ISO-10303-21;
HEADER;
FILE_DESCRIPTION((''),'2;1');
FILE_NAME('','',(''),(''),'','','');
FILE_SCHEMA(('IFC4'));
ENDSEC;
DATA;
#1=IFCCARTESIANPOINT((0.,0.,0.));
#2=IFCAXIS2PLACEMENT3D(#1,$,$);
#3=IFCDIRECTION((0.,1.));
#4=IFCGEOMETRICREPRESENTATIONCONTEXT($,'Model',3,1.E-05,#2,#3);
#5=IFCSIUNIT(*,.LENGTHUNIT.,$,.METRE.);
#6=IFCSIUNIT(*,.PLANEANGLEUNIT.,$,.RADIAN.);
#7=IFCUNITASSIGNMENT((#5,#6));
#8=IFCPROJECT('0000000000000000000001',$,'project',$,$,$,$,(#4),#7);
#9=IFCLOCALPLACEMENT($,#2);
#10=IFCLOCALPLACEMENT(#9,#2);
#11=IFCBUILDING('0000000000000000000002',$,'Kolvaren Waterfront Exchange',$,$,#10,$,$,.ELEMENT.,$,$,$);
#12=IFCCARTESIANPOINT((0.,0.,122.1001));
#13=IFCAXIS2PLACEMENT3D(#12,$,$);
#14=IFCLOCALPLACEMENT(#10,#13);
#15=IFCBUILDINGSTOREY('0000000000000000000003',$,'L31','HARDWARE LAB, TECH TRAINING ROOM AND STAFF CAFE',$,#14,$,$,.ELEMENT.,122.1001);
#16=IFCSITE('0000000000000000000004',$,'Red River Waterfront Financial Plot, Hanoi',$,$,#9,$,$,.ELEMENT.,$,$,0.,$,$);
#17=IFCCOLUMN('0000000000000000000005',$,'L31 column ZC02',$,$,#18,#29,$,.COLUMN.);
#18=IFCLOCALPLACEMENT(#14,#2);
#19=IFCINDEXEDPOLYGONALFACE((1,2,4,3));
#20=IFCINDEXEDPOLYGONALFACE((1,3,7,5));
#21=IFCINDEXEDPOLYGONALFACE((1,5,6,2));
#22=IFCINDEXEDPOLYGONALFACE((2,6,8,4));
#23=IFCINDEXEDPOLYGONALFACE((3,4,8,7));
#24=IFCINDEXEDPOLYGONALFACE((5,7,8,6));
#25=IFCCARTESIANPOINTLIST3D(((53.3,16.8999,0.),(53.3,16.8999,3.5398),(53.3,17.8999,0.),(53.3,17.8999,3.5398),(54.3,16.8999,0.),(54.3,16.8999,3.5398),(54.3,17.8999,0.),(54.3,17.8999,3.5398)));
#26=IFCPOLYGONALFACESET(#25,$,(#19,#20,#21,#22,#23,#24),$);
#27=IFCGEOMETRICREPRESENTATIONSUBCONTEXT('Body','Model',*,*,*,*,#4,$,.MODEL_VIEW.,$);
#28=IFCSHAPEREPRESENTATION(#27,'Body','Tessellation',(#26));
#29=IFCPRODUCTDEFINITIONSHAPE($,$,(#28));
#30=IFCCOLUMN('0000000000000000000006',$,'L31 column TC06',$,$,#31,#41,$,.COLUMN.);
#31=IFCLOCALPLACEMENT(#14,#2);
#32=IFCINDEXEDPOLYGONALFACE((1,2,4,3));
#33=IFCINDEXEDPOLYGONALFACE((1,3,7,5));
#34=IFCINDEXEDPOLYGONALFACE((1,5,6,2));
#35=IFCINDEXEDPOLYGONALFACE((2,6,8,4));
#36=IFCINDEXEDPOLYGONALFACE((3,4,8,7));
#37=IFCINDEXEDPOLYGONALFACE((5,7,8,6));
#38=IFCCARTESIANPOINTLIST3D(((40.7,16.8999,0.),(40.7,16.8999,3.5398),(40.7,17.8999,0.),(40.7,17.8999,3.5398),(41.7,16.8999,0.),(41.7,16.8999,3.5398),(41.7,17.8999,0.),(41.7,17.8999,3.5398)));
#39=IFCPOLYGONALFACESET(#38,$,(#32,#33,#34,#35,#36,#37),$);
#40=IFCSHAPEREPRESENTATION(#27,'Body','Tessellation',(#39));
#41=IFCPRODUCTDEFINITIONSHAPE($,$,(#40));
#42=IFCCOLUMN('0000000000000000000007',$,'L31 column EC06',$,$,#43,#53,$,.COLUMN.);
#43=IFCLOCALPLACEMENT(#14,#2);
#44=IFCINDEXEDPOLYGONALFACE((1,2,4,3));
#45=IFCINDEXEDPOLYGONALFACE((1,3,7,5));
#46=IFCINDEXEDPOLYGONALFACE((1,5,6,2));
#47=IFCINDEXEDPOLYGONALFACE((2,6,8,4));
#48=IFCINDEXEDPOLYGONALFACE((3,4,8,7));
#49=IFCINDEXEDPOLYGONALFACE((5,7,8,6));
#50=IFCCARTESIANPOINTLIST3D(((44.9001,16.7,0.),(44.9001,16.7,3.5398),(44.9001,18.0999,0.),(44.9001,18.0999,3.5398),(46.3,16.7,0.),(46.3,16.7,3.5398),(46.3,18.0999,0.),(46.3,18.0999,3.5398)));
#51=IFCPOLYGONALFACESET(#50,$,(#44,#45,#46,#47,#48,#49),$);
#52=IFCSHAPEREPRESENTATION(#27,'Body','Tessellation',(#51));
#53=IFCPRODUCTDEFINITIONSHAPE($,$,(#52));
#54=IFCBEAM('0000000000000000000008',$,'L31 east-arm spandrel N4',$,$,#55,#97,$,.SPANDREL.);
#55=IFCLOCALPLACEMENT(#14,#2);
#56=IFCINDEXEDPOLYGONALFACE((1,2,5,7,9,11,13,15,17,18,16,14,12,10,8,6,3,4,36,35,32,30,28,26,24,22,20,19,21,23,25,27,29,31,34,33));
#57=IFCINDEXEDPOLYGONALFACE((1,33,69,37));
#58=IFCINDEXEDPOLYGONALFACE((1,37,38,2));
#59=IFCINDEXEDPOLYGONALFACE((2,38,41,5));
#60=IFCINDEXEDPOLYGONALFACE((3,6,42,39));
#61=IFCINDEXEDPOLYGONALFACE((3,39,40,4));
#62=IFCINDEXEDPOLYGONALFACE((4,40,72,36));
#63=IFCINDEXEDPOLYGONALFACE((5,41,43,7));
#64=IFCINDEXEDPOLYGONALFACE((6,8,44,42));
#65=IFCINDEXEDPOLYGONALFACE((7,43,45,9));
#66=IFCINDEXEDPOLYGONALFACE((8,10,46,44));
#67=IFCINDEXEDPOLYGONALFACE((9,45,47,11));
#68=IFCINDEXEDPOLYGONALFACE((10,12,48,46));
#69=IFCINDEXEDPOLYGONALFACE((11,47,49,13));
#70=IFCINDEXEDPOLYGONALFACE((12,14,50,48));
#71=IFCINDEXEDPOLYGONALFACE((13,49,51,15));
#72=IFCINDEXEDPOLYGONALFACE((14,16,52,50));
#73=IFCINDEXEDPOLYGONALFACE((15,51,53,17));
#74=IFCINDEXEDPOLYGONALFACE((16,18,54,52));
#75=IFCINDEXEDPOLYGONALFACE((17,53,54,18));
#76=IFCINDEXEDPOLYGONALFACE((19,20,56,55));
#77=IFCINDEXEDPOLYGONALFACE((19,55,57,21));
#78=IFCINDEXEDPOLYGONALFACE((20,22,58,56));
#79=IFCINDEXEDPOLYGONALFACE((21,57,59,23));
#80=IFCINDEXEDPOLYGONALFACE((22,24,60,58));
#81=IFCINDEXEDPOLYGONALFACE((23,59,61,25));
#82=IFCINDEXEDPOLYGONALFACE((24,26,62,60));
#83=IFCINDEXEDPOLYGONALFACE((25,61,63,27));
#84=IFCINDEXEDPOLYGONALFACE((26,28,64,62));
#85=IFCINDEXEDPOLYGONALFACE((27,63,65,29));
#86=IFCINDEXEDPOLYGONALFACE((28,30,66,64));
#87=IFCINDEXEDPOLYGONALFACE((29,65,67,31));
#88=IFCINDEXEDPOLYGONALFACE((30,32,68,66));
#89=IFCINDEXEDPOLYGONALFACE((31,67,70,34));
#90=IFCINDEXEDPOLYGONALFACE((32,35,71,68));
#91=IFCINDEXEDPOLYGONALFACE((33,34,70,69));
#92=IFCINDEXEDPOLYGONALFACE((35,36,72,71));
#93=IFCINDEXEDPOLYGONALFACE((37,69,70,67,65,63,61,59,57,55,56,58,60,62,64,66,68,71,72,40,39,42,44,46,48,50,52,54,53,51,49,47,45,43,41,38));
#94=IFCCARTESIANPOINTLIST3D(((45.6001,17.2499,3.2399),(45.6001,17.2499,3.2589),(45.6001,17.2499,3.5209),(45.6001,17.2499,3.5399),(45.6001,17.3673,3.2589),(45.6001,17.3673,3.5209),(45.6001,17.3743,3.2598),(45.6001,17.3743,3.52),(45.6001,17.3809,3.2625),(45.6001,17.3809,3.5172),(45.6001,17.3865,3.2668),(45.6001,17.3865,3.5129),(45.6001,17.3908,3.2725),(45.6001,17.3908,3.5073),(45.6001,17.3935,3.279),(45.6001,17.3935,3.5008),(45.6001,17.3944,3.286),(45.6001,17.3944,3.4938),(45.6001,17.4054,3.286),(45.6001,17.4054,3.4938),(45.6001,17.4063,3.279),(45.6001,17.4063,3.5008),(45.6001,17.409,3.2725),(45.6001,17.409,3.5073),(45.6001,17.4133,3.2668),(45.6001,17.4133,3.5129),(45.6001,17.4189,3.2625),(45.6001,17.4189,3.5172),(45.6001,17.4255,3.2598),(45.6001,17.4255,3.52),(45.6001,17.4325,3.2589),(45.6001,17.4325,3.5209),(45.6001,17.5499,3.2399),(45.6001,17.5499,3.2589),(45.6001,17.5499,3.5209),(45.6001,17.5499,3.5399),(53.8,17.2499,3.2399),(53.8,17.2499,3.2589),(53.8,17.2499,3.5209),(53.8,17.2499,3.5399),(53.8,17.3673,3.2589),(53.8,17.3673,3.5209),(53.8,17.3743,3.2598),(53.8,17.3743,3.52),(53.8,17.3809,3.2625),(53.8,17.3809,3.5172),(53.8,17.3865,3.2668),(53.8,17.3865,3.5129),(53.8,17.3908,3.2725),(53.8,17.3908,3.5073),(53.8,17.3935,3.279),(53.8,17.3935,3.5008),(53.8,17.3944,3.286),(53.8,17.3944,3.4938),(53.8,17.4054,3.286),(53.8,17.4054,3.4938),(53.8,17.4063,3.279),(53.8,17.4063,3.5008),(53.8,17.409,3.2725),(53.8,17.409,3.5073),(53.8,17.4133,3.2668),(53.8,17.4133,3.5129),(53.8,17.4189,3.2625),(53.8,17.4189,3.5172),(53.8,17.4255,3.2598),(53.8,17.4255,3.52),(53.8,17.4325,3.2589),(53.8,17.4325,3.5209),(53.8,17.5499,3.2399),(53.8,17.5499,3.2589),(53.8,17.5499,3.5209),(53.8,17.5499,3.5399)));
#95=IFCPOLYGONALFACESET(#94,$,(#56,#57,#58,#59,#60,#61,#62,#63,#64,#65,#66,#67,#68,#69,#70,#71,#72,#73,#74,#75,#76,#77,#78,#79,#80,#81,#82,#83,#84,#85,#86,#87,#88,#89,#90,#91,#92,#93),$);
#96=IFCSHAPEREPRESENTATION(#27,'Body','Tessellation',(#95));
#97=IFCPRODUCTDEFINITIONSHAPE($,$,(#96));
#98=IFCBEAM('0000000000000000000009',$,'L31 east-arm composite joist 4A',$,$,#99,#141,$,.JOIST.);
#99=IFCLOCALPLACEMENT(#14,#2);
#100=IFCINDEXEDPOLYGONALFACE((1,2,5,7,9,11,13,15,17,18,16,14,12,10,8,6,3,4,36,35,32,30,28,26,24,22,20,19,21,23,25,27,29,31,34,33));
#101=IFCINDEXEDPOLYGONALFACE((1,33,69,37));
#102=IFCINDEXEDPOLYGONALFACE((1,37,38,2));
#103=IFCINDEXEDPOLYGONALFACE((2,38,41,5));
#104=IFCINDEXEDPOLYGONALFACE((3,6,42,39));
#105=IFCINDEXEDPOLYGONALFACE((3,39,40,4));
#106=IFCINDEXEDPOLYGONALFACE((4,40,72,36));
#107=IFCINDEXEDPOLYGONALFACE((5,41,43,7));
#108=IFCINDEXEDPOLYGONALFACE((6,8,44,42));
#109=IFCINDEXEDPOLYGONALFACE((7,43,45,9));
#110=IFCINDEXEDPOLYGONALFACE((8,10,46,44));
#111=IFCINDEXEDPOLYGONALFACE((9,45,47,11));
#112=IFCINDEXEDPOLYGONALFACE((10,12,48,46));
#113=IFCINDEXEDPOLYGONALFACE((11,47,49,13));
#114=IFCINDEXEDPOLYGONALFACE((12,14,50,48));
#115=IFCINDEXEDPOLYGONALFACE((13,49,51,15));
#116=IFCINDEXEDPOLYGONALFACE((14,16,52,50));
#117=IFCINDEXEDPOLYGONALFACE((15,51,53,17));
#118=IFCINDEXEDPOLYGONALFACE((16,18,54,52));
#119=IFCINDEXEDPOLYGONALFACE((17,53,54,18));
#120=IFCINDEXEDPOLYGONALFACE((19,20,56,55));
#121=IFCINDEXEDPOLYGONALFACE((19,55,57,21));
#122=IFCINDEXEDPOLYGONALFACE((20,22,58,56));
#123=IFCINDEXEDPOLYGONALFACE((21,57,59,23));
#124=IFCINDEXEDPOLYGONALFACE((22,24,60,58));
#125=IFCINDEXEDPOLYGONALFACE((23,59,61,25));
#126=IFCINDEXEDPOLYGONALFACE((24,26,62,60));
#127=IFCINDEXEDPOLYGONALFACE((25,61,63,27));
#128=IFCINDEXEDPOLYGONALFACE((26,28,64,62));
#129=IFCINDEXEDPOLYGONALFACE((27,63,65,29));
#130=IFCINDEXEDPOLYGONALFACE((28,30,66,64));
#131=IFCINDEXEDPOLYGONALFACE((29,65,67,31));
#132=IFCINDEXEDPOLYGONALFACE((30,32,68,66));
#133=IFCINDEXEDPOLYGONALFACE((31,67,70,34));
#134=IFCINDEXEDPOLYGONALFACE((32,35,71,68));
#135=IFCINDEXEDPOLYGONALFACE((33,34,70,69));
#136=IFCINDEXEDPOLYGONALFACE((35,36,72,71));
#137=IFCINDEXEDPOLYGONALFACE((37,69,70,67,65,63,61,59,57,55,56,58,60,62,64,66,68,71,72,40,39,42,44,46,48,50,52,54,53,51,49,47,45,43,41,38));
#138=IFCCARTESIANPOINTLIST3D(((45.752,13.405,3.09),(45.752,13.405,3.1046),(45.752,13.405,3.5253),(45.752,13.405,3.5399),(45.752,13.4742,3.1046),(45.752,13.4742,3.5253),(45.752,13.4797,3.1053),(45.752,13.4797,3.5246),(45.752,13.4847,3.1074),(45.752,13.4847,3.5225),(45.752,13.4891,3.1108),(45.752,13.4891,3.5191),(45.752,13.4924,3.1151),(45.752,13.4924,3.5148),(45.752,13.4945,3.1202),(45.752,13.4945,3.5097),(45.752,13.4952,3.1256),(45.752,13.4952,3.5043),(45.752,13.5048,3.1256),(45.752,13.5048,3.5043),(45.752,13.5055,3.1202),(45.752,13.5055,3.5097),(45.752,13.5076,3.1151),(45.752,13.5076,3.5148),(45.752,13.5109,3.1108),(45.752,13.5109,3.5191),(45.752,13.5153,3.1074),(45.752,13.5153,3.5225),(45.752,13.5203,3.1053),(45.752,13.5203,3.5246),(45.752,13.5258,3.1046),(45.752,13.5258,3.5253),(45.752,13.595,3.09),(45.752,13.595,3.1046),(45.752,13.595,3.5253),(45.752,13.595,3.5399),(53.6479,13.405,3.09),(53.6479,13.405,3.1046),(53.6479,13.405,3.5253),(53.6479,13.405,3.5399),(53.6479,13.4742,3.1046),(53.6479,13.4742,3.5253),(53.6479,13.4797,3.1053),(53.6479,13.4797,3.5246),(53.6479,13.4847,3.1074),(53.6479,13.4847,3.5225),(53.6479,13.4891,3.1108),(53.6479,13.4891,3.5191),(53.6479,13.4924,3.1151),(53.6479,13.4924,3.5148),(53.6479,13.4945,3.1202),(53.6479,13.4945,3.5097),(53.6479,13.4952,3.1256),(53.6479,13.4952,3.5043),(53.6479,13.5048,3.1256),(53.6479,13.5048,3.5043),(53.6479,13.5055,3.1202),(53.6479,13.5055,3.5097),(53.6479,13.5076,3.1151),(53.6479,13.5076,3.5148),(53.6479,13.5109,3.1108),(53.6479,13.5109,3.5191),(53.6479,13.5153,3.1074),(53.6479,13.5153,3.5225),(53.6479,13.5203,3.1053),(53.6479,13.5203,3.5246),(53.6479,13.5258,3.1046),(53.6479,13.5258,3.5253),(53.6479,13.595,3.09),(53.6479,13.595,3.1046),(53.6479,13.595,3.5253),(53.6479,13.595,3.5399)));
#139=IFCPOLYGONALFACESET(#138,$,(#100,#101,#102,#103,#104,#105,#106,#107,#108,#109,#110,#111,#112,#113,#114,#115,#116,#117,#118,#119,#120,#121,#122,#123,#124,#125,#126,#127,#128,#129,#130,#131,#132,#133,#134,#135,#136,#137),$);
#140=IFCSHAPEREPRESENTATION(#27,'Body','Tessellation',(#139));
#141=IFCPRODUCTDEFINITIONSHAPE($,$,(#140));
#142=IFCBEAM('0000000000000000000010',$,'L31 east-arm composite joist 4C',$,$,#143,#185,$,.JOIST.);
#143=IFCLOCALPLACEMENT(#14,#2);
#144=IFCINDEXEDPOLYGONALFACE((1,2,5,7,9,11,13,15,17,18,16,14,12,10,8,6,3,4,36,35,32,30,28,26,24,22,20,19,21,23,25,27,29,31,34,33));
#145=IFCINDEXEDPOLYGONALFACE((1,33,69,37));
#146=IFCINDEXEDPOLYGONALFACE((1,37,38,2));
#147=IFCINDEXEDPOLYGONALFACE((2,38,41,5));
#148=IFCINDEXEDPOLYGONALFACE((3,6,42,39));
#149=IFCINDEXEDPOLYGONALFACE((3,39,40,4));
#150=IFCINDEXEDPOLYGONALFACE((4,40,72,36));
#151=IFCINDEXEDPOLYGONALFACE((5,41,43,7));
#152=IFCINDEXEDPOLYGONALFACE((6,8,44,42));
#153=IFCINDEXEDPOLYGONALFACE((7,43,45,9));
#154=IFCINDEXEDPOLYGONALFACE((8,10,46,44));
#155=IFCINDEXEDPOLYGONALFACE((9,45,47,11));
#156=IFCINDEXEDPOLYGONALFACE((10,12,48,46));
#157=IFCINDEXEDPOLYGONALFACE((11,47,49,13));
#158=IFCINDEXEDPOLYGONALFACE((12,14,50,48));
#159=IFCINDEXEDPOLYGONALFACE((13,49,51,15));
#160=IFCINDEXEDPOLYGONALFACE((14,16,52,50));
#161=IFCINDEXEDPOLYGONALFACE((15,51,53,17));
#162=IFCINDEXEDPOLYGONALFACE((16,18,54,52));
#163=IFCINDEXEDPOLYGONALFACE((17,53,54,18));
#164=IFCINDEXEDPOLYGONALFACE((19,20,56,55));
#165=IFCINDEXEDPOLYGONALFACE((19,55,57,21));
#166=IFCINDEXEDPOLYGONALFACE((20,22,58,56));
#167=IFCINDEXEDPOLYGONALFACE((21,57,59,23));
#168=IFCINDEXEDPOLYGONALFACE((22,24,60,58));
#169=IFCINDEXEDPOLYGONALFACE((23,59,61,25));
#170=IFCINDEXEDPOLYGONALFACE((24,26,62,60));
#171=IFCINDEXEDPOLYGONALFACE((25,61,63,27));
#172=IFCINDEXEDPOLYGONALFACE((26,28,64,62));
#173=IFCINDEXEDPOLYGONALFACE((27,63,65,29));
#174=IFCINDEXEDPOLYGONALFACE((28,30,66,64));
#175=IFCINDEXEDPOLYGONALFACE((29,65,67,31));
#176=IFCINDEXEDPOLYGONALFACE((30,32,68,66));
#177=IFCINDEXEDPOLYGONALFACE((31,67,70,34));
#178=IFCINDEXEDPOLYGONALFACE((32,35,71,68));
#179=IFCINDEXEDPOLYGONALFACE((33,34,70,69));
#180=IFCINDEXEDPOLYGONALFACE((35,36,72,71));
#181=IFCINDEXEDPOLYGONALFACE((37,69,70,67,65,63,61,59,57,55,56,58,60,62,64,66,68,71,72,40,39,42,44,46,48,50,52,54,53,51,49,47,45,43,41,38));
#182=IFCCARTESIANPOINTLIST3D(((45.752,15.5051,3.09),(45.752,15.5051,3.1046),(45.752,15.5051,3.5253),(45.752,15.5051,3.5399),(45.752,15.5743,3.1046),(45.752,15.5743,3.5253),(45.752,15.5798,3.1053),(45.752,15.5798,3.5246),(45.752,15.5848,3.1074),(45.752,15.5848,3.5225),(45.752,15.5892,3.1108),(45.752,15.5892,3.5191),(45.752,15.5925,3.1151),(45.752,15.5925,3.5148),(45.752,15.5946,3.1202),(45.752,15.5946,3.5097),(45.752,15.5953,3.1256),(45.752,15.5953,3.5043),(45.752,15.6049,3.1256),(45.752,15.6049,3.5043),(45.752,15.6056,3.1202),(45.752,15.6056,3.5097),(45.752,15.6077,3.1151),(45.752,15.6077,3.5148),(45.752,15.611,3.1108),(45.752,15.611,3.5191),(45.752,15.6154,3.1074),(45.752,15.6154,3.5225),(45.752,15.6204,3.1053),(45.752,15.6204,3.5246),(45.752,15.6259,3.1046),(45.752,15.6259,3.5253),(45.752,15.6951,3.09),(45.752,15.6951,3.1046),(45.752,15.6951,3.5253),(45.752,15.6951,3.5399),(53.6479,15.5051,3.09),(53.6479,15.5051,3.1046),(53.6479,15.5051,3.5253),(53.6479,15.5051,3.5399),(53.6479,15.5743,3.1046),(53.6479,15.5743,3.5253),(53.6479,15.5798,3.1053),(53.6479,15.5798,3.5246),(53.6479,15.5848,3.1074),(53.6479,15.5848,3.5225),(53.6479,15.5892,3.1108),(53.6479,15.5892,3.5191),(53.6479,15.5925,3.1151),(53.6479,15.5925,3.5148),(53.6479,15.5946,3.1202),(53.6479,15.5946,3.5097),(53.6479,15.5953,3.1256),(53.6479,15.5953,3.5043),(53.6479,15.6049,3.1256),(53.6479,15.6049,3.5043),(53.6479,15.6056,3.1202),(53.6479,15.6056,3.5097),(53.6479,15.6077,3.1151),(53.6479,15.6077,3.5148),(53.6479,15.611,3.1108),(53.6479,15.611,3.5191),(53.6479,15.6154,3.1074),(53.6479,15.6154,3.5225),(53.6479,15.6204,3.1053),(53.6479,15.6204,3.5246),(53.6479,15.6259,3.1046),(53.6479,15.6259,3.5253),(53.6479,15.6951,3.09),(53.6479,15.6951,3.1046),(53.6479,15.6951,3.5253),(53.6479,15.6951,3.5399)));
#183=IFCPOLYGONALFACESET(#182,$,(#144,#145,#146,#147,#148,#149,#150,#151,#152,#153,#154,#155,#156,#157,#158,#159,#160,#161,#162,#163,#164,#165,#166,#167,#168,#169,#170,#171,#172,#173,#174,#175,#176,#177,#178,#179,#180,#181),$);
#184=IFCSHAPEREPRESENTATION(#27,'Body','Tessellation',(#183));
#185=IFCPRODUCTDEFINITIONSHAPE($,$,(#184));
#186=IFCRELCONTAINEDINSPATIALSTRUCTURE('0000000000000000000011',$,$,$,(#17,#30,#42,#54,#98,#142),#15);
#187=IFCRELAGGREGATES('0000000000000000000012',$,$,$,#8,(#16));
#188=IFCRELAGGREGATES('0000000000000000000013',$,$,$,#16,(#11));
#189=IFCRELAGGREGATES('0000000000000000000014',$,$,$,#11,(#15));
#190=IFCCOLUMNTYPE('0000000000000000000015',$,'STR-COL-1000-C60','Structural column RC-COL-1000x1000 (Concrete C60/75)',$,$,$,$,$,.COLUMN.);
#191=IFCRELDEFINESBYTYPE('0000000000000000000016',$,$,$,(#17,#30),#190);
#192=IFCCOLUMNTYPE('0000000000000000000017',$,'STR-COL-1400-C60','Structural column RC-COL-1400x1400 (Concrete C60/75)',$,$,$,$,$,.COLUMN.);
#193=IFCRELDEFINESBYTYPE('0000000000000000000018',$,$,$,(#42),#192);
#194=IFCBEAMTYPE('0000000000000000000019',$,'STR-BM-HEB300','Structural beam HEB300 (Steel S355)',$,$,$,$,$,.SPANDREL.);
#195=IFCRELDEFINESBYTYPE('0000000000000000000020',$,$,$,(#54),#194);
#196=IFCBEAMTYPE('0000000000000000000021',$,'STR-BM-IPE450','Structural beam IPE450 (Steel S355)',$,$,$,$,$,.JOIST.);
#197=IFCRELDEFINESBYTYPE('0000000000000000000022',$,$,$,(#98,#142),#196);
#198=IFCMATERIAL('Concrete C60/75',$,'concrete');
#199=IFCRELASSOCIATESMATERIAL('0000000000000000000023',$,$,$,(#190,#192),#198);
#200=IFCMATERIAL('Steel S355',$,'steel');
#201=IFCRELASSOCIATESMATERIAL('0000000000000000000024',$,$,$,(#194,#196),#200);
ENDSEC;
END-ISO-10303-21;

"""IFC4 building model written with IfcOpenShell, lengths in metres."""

from ifc_helpers import new_model, si_unit, direction, frame, origin, origin_2d, place, context, subcontext, project, spatial, rectangle, i_section, extrude, material, material_profile, profile_set, type_object, element, save


model = new_model("IFC4")

# Units and contexts
model_context = context("Model", 3, precision=1e-05, world=origin(), true_north=direction((0.0, 1.0)))
body_context = subcontext(model_context, "Body", "Model", "MODEL_VIEW")
ifc_project = project(units=[si_unit("LENGTHUNIT", "METRE"), si_unit("PLANEANGLEUNIT", "RADIAN")], contexts=[model_context])

# Site, building, storey
site_placement = place(None, origin())
site = spatial("IfcSite", under=ifc_project, at=site_placement, Name="Red River Waterfront Financial Plot, Hanoi", CompositionType="ELEMENT", RefElevation=0.0)
building_placement = place(site_placement, origin())
building = spatial("IfcBuilding", under=site, at=building_placement, Name="Kolvaren Waterfront Exchange", CompositionType="ELEMENT")
storey_placement = place(building_placement, frame((0.0, 0.0, 122.1001)))
storey = spatial("IfcBuildingStorey", under=building, at=storey_placement, Name="L31", Description="HARDWARE LAB, TECH TRAINING ROOM AND STAFF CAFE", CompositionType="ELEMENT", Elevation=122.1001)

# Columns
ifc_material_1 = material(Name="Concrete C60/75", Category="concrete")
ifc_material_profile_1 = material_profile(ifc_material_1, rectangle(XDim=1.0, YDim=1.0, at=origin_2d()), Name="RC-COL-1000x1000")
ifc_profile_set_1 = profile_set([ifc_material_profile_1], Name="Concrete C60/75")
column_type_1 = type_object("IfcColumnType", Name="STR-COL-1000-C60", Description="Structural column RC-COL-1000x1000 (Concrete C60/75)", PredefinedType="COLUMN", material=ifc_profile_set_1)
for number, where, z_axis, x_axis, name in (
    (1, (53.8, 17.3999, 0.0), (0.0, 0.0, 1.0), (1.0, 0.0, 0.0), "L31 column ZC02"),
    (2, (41.2, 17.3999, 0.0), (0.0, 0.0, 1.0), (1.0, 0.0, 0.0), "L31 column TC06"),
):
    element("IfcColumn", number, at=place(storey_placement, frame(where, z_axis=z_axis, x_axis=x_axis)), inside=storey, type_object=column_type_1, Name=name, PredefinedType="COLUMN", context=body_context, shape_type="SweptSolid", body=[
        extrude(rectangle(XDim=1.0, YDim=1.0, at=origin_2d()), origin(), (0.0, 0.0, 1.0), 3.5398),
    ])
ifc_material_profile_2 = material_profile(ifc_material_1, rectangle(XDim=1.3999, YDim=1.3999, at=origin_2d()), Name="RC-COL-1400x1400")
ifc_profile_set_2 = profile_set([ifc_material_profile_2], Name="Concrete C60/75")
column_type_2 = type_object("IfcColumnType", Name="STR-COL-1400-C60", Description="Structural column RC-COL-1400x1400 (Concrete C60/75)", PredefinedType="COLUMN", material=ifc_profile_set_2)
column_placement = place(storey_placement, frame((45.6001, 17.3999, 0.0), z_axis=(0.0, 0.0, 1.0), x_axis=(1.0, 0.0, 0.0)))
element("IfcColumn", 3, at=column_placement, inside=storey, type_object=column_type_2, Name="L31 column EC06", PredefinedType="COLUMN", context=body_context, shape_type="SweptSolid", body=[
    extrude(rectangle(XDim=1.3999, YDim=1.3999, at=origin_2d()), origin(), (0.0, 0.0, 1.0), 3.5398),
])

# Beams
ifc_material_2 = material(Name="Steel S355", Category="steel")
ifc_material_profile_3 = material_profile(ifc_material_2, i_section(OverallWidth=0.3, OverallDepth=0.3, WebThickness=0.011, FlangeThickness=0.019, FilletRadius=0.0271, at=origin_2d()), Name="HEB300")
ifc_profile_set_3 = profile_set([ifc_material_profile_3], Name="Steel S355")
beam_type_1 = type_object("IfcBeamType", Name="STR-BM-HEB300", Description="Structural beam HEB300 (Steel S355)", PredefinedType="SPANDREL", material=ifc_profile_set_3)
beam_placement = place(storey_placement, frame((45.6001, 17.3999, 3.3899), z_axis=(1.0, 0.0, 0.0), x_axis=(0.0, 1.0, 0.0)))
element("IfcBeam", 4, at=beam_placement, inside=storey, type_object=beam_type_1, Name="L31 east-arm spandrel N4", PredefinedType="SPANDREL", context=body_context, shape_type="SweptSolid", body=[
    extrude(i_section(OverallWidth=0.3, OverallDepth=0.3, WebThickness=0.011, FlangeThickness=0.019, FilletRadius=0.0271, at=origin_2d()), origin(), (0.0, 0.0, 1.0), 8.2),
])
ifc_material_profile_4 = material_profile(ifc_material_2, i_section(OverallWidth=0.1899, OverallDepth=0.45, WebThickness=0.0095, FlangeThickness=0.0146, FilletRadius=0.021, at=origin_2d()), Name="IPE450")
ifc_profile_set_4 = profile_set([ifc_material_profile_4], Name="Steel S355")
beam_type_2 = type_object("IfcBeamType", Name="STR-BM-IPE450", Description="Structural beam IPE450 (Steel S355)", PredefinedType="JOIST", material=ifc_profile_set_4)
for number, where, z_axis, x_axis, name in (
    (5, (45.752, 13.5, 3.3149), (1.0, 0.0, 0.0), (0.0, 1.0, 0.0), "L31 east-arm composite joist 4A"),
    (6, (45.752, 15.6001, 3.3149), (1.0, 0.0, 0.0), (0.0, 1.0, 0.0), "L31 east-arm composite joist 4C"),
):
    element("IfcBeam", number, at=place(storey_placement, frame(where, z_axis=z_axis, x_axis=x_axis)), inside=storey, type_object=beam_type_2, Name=name, PredefinedType="JOIST", context=body_context, shape_type="SweptSolid", body=[
        extrude(i_section(OverallWidth=0.1899, OverallDepth=0.45, WebThickness=0.0095, FlangeThickness=0.0146, FilletRadius=0.021, at=origin_2d()), origin(), (0.0, 0.0, 1.0), 7.896),
    ])

save(model, "model.ifc")
